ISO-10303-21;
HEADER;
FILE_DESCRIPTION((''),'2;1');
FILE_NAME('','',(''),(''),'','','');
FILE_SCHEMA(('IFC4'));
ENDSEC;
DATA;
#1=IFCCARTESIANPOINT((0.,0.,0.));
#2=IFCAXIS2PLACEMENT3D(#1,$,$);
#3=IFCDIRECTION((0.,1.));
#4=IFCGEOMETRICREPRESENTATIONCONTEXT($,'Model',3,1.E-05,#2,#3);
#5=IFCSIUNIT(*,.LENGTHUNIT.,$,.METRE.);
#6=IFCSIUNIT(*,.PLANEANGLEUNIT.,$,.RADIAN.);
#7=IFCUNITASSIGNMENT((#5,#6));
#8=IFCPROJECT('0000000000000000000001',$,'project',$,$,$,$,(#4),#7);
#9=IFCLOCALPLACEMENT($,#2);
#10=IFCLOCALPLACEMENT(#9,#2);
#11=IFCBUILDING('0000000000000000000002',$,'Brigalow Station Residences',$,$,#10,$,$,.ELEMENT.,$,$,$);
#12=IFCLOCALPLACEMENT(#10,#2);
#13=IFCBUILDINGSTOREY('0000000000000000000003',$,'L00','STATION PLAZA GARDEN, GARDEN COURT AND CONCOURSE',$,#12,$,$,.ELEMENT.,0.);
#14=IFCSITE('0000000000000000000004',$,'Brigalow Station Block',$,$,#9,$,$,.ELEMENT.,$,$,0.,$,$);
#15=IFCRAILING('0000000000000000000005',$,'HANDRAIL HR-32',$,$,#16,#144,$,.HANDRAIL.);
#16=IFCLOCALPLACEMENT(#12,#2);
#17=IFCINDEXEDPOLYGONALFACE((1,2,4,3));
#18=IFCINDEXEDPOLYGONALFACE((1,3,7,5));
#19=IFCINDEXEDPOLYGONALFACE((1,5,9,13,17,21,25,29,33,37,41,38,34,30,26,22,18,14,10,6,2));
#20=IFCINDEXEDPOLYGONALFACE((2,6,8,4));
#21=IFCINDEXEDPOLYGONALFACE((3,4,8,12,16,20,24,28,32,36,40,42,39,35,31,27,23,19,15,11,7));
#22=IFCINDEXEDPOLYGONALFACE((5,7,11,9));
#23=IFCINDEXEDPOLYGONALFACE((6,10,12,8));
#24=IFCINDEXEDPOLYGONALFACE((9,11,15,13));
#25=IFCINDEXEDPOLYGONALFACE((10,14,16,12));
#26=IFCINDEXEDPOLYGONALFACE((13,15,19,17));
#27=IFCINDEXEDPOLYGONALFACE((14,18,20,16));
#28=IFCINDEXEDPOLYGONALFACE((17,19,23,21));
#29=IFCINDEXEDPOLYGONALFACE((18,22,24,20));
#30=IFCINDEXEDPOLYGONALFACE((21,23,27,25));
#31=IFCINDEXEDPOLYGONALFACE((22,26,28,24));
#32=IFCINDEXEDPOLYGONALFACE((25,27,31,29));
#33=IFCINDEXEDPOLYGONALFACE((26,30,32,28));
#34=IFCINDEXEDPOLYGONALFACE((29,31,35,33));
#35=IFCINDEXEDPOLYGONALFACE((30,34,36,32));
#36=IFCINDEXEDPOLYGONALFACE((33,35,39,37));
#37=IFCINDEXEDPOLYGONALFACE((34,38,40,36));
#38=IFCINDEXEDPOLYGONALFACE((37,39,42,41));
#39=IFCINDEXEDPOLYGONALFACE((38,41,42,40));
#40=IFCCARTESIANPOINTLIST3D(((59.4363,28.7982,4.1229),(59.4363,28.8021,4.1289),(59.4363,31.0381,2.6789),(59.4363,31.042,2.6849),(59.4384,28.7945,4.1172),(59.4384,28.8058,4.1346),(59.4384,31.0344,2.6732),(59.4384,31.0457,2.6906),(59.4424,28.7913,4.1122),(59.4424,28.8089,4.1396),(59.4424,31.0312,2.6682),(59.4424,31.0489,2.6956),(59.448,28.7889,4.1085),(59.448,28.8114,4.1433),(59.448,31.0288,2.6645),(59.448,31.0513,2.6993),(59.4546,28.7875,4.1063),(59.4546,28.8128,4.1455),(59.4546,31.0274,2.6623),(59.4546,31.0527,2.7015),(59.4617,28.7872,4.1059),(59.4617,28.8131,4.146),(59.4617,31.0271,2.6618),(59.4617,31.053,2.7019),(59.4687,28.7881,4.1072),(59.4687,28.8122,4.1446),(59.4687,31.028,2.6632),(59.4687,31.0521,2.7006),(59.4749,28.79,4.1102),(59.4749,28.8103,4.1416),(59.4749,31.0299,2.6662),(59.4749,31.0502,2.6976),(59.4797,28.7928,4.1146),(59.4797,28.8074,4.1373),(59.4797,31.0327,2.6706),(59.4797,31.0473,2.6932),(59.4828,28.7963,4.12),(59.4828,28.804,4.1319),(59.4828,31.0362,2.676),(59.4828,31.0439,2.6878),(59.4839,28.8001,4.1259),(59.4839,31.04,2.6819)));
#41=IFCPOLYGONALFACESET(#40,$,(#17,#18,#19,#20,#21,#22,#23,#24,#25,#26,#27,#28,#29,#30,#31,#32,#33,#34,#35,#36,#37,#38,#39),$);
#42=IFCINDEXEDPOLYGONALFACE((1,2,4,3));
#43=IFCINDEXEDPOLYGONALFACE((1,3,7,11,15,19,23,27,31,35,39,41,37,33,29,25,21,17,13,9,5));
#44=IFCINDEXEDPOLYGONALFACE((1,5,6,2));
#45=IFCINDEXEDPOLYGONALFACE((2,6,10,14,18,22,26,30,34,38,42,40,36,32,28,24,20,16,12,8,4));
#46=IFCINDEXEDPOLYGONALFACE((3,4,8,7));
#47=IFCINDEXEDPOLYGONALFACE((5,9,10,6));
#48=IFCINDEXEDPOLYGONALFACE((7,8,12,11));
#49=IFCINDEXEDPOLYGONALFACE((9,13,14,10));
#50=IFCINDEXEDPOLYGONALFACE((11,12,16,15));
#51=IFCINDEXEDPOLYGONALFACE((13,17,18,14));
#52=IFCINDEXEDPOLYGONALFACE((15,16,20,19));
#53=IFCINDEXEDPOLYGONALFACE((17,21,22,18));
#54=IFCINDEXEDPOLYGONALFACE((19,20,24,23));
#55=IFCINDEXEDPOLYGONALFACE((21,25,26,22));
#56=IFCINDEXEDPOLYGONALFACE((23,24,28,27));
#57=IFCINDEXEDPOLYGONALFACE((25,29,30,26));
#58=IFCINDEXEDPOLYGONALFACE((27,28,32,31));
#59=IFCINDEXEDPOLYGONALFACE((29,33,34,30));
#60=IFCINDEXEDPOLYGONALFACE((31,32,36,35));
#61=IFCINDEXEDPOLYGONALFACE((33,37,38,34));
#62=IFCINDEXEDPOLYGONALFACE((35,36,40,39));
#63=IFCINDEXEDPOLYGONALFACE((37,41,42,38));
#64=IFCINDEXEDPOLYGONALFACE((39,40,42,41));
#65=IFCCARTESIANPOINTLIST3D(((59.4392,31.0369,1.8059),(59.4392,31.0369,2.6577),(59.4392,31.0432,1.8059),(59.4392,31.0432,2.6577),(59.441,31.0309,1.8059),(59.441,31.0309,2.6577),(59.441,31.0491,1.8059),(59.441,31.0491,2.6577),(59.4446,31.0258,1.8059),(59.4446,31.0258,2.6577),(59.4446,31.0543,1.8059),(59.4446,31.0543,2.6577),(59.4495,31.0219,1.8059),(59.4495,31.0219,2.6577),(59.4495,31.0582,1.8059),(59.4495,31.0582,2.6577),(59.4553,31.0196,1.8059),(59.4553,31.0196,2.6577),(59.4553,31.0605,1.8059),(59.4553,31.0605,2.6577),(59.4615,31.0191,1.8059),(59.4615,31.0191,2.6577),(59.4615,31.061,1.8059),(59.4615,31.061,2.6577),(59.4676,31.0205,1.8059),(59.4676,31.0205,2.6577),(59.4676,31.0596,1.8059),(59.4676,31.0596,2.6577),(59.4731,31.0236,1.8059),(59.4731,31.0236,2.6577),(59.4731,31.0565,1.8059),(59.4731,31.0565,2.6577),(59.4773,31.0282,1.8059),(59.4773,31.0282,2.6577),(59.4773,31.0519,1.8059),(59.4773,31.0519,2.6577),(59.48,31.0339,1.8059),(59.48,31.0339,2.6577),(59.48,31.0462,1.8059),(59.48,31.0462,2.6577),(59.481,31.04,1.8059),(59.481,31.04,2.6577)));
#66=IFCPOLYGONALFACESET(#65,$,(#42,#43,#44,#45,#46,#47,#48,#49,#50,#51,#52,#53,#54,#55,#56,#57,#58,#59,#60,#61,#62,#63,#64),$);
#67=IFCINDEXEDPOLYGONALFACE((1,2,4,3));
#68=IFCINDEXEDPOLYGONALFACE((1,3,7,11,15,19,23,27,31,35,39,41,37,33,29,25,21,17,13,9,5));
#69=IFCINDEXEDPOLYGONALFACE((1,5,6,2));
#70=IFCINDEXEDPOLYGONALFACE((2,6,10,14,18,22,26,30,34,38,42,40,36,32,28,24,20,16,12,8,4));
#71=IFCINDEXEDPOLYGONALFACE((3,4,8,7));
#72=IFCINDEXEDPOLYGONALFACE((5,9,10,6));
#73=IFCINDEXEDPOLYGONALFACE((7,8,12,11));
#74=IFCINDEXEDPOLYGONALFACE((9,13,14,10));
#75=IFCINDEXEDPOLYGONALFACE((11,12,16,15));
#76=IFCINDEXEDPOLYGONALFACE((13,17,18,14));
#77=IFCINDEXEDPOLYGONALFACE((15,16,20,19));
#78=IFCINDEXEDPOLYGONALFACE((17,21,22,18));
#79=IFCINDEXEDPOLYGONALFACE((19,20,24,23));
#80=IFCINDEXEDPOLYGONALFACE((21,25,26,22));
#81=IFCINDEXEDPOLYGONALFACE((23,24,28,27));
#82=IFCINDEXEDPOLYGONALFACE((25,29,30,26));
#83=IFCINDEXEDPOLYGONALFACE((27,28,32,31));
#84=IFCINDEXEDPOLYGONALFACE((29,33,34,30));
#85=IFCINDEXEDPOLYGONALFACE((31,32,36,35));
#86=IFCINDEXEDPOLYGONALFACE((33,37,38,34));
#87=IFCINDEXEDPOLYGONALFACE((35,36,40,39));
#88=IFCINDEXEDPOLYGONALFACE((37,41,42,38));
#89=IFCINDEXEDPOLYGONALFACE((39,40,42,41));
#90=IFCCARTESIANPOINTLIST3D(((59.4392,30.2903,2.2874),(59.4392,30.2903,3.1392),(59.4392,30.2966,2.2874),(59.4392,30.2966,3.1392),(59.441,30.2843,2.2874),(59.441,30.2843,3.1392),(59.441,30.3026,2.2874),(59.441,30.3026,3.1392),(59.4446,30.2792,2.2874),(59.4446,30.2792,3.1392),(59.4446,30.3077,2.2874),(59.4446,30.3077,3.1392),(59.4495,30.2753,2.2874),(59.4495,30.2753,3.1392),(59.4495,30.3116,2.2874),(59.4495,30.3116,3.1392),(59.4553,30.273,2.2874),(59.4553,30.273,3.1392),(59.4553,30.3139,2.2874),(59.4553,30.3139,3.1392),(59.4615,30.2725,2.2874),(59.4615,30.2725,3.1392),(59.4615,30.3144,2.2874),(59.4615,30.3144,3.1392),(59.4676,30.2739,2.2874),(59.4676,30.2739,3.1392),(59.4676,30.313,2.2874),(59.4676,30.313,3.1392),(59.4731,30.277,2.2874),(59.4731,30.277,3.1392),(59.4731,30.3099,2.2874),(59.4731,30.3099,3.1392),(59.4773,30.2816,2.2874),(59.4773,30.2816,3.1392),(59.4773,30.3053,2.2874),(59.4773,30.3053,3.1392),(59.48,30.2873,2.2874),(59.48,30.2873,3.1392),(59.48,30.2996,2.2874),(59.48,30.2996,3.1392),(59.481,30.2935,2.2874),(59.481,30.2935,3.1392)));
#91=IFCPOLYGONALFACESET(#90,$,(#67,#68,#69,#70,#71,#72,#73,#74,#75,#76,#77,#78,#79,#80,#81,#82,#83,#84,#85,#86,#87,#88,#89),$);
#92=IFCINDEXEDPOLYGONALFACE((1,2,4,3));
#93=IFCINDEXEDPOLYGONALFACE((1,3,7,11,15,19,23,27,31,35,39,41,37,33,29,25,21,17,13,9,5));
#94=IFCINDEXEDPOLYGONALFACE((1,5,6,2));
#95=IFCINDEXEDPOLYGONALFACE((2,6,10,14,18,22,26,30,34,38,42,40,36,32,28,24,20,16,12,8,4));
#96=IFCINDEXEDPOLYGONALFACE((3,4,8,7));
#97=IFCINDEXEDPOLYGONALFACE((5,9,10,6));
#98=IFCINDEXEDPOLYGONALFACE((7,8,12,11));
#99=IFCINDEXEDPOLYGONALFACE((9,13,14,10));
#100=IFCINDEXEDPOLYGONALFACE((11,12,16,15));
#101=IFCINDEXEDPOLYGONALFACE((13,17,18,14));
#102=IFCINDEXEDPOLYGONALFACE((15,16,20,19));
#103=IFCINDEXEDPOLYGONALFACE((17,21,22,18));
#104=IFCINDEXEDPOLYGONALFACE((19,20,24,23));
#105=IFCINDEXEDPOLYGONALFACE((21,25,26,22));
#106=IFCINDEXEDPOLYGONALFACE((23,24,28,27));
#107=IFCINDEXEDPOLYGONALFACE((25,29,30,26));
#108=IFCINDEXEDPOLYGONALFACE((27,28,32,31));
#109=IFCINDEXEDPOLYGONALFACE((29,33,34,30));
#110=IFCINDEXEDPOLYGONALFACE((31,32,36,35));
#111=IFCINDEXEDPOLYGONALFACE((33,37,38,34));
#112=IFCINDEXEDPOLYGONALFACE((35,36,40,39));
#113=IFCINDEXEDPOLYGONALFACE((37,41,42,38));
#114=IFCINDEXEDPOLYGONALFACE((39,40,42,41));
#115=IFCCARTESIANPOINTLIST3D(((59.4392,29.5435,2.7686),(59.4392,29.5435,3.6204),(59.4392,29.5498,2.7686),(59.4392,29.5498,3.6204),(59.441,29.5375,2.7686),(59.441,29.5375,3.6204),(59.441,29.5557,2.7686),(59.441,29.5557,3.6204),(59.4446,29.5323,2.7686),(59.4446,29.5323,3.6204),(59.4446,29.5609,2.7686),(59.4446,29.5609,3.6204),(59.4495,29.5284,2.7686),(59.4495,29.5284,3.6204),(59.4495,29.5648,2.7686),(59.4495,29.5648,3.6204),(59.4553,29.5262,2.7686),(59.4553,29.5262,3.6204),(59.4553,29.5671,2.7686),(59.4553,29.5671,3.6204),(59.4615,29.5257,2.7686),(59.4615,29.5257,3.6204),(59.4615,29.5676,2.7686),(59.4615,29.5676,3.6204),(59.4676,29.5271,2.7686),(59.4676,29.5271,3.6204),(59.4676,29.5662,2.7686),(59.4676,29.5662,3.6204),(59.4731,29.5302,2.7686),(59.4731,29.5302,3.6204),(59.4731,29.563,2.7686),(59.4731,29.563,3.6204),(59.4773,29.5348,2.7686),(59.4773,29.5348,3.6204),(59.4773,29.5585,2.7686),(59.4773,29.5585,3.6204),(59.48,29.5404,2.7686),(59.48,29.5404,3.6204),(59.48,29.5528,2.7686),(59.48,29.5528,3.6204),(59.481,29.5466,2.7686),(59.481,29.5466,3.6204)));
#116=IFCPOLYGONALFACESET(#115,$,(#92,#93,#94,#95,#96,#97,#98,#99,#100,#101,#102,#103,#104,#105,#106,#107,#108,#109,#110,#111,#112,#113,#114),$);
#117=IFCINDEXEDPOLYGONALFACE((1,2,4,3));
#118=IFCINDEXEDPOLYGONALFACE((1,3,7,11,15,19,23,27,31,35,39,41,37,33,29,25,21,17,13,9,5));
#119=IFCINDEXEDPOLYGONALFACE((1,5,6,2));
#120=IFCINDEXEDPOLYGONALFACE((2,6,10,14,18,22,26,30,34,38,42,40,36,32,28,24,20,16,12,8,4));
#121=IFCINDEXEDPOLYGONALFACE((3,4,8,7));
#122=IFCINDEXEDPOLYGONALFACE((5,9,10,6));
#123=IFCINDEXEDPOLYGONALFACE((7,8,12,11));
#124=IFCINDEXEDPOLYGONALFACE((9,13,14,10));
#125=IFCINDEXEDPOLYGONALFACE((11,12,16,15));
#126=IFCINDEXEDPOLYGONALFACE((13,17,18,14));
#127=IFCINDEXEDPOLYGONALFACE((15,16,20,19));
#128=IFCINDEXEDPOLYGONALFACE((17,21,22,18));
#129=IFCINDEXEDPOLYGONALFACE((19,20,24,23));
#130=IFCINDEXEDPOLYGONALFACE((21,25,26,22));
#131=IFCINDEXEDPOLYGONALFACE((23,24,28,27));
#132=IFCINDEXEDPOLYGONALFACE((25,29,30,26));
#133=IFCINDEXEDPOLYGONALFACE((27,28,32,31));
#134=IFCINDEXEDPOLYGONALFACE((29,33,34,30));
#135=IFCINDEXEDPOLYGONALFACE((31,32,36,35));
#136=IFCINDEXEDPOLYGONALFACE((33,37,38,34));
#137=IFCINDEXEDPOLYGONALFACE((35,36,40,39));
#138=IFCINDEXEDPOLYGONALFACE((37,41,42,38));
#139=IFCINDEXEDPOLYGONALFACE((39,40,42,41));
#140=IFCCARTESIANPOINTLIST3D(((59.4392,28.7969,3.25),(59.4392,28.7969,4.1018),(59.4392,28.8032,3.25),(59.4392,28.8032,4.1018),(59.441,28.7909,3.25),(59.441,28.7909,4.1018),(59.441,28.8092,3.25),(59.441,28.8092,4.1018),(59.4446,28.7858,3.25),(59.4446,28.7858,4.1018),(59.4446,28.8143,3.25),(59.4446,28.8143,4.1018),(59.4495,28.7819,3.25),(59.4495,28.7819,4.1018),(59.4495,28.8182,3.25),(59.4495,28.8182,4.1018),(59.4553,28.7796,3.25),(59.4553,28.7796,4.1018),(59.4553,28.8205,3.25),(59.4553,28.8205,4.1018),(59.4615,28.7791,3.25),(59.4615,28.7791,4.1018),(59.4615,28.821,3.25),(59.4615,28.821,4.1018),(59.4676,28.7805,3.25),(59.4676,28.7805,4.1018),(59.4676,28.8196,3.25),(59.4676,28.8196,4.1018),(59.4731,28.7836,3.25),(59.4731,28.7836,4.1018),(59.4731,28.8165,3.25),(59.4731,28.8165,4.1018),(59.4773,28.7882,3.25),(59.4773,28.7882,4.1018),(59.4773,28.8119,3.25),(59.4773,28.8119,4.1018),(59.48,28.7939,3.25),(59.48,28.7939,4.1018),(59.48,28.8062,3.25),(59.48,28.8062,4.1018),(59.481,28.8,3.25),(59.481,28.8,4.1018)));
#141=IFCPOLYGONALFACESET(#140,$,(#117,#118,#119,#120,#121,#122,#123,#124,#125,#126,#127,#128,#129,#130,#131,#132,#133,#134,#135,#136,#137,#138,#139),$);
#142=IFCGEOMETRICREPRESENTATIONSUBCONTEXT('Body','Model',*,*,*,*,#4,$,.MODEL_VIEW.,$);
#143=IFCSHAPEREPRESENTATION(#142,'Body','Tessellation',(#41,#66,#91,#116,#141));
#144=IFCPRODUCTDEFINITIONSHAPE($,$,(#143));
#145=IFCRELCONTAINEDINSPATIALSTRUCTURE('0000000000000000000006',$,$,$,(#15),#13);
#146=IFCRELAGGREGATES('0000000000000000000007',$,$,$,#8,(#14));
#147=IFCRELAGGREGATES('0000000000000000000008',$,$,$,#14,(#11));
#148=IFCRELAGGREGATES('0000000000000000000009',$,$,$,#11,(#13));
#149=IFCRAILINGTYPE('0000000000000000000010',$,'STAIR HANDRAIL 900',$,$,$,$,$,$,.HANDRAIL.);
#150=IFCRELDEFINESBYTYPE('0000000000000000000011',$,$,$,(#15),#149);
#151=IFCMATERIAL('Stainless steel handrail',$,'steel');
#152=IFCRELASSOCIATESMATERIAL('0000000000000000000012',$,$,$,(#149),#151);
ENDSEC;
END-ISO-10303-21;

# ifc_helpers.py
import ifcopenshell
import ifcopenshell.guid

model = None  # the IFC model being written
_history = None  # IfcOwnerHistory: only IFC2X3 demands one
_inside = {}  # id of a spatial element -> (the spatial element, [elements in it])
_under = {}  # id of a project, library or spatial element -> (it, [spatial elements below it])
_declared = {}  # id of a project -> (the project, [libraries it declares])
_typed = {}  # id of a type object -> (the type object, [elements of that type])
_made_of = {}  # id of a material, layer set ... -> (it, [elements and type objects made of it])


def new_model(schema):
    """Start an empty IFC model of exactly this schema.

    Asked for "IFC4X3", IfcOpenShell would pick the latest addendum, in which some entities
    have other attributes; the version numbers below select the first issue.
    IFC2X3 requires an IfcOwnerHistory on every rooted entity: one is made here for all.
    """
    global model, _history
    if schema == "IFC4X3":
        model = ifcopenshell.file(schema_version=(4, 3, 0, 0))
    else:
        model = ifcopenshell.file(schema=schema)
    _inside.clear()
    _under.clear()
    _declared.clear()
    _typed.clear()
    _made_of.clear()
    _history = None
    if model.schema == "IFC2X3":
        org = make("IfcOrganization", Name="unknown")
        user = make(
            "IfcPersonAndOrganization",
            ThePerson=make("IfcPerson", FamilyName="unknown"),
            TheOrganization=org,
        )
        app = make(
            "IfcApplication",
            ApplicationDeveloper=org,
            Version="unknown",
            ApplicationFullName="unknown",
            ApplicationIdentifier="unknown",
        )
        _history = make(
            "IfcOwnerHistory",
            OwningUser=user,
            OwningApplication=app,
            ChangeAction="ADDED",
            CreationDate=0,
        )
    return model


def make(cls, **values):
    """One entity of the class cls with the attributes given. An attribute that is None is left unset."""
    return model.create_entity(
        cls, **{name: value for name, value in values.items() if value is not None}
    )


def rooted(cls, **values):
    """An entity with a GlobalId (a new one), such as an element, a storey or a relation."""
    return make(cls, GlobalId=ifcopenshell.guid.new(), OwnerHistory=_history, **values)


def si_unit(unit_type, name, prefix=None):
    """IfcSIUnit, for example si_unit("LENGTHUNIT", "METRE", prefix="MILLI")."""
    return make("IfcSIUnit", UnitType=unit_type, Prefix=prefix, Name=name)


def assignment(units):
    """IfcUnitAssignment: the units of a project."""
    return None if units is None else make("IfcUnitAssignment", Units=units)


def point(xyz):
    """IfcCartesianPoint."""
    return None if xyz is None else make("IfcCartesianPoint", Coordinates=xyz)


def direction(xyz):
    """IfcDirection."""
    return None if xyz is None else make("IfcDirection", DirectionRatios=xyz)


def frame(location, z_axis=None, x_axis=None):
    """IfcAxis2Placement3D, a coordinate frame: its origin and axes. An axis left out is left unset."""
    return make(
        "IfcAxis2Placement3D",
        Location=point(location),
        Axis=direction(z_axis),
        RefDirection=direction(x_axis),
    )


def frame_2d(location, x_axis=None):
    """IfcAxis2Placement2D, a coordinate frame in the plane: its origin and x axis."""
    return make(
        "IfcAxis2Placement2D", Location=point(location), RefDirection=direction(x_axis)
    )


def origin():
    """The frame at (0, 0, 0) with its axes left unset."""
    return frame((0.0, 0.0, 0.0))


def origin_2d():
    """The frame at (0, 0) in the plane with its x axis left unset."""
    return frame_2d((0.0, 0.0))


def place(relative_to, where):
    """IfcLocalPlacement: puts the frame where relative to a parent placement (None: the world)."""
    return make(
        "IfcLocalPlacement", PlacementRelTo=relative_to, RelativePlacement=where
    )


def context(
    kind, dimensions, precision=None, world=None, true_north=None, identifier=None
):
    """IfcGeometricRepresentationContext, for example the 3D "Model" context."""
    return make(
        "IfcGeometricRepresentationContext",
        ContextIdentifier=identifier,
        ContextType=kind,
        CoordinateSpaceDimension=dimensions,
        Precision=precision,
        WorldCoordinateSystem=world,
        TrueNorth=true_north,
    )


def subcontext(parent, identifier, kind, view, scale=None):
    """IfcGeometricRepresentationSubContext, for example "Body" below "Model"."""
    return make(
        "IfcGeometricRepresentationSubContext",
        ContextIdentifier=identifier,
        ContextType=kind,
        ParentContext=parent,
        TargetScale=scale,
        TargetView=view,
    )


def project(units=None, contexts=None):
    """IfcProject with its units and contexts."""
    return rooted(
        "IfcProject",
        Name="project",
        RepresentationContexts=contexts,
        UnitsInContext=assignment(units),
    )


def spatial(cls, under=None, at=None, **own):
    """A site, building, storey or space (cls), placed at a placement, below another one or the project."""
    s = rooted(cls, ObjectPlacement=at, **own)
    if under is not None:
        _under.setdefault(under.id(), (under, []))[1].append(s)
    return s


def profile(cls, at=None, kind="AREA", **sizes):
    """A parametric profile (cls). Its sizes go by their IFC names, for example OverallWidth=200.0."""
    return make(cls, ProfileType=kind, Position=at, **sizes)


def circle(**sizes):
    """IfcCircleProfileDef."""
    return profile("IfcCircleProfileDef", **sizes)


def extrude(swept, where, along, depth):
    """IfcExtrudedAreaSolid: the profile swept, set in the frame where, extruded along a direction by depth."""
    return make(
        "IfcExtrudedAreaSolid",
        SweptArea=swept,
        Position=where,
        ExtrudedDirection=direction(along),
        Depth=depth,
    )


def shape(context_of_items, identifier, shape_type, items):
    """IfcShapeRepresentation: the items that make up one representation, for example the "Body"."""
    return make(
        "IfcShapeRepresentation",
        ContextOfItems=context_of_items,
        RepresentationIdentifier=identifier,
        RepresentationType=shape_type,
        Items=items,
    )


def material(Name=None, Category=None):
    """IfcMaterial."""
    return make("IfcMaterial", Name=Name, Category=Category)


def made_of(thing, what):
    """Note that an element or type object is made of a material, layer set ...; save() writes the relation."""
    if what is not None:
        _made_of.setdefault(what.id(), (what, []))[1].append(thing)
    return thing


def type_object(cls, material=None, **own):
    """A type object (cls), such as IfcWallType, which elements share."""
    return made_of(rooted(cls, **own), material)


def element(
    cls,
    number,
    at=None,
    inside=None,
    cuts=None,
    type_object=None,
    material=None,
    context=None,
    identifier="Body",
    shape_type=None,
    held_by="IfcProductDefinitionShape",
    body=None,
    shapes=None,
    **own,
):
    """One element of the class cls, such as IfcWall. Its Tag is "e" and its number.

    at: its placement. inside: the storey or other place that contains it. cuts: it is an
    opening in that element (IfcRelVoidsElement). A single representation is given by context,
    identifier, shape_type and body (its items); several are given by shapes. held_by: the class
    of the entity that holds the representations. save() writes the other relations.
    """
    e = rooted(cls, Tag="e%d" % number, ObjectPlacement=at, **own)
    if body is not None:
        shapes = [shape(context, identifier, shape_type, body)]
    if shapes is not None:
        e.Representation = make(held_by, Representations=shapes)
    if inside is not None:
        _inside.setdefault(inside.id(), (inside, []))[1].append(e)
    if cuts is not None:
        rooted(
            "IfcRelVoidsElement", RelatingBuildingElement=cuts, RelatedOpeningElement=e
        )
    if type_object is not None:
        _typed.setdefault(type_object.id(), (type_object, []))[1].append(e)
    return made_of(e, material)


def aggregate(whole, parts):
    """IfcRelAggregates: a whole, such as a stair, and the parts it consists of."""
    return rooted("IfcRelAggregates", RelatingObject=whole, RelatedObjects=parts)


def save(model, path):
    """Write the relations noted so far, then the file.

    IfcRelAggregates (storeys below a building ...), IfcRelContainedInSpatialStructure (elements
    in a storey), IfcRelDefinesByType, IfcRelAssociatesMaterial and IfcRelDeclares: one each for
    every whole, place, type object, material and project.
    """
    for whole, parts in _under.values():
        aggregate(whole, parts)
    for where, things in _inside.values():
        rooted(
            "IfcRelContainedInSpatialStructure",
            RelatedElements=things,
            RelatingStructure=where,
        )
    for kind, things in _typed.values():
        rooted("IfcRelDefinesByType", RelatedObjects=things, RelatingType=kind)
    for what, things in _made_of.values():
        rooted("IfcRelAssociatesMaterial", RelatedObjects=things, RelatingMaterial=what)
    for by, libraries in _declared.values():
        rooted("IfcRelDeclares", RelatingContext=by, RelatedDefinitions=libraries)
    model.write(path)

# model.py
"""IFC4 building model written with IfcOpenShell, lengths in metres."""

from ifc_helpers import new_model, si_unit, direction, frame, origin, origin_2d, place, context, subcontext, project, spatial, circle, extrude, material, type_object, element, save


model = new_model("IFC4")

# Units and contexts
model_context = context("Model", 3, precision=1e-05, world=origin(), true_north=direction((0.0, 1.0)))
body_context = subcontext(model_context, "Body", "Model", "MODEL_VIEW")
ifc_project = project(units=[si_unit("LENGTHUNIT", "METRE"), si_unit("PLANEANGLEUNIT", "RADIAN")], contexts=[model_context])

# Site, building, storey
site_placement = place(None, origin())
site = spatial("IfcSite", under=ifc_project, at=site_placement, Name="Brigalow Station Block", CompositionType="ELEMENT", RefElevation=0.0)
building_placement = place(site_placement, origin())
building = spatial("IfcBuilding", under=site, at=building_placement, Name="Brigalow Station Residences", CompositionType="ELEMENT")
storey_placement = place(building_placement, origin())
storey = spatial("IfcBuildingStorey", under=building, at=storey_placement, Name="L00", Description="STATION PLAZA GARDEN, GARDEN COURT AND CONCOURSE", CompositionType="ELEMENT", Elevation=0.0)

# Railing
ifc_material_1 = material(Name="Stainless steel handrail", Category="steel")
railing_type_1 = type_object("IfcRailingType", Name="STAIR HANDRAIL 900", PredefinedType="HANDRAIL", material=ifc_material_1)
railing_1_placement = place(storey_placement, frame((59.46, 31.04, 1.8059)))
element("IfcRailing", 1, at=railing_1_placement, inside=storey, type_object=railing_type_1, Name="HANDRAIL HR-32", PredefinedType="HANDRAIL", context=body_context, shape_type="SweptSolid", body=[
    extrude(circle(Radius=0.0239, at=origin_2d()), frame((0.0, 0.0, 0.876), z_axis=(0.0, -0.840478, 0.541845), x_axis=(1.0, 0.0, 0.0)), (0.0, 0.0, 1.0), 2.665),
    extrude(circle(Radius=0.021, at=origin_2d()), origin(), (0.0, 0.0, 1.0), 0.8518),
    extrude(circle(Radius=0.021, at=origin_2d()), frame((0.0, -0.7466, 0.4814)), (0.0, 0.0, 1.0), 0.8518),
    extrude(circle(Radius=0.021, at=origin_2d()), frame((0.0, -1.4934, 0.9626)), (0.0, 0.0, 1.0), 0.8518),
    extrude(circle(Radius=0.021, at=origin_2d()), frame((0.0, -2.24, 1.4441)), (0.0, 0.0, 1.0), 0.8518),
])

save(model, "model.ifc")
